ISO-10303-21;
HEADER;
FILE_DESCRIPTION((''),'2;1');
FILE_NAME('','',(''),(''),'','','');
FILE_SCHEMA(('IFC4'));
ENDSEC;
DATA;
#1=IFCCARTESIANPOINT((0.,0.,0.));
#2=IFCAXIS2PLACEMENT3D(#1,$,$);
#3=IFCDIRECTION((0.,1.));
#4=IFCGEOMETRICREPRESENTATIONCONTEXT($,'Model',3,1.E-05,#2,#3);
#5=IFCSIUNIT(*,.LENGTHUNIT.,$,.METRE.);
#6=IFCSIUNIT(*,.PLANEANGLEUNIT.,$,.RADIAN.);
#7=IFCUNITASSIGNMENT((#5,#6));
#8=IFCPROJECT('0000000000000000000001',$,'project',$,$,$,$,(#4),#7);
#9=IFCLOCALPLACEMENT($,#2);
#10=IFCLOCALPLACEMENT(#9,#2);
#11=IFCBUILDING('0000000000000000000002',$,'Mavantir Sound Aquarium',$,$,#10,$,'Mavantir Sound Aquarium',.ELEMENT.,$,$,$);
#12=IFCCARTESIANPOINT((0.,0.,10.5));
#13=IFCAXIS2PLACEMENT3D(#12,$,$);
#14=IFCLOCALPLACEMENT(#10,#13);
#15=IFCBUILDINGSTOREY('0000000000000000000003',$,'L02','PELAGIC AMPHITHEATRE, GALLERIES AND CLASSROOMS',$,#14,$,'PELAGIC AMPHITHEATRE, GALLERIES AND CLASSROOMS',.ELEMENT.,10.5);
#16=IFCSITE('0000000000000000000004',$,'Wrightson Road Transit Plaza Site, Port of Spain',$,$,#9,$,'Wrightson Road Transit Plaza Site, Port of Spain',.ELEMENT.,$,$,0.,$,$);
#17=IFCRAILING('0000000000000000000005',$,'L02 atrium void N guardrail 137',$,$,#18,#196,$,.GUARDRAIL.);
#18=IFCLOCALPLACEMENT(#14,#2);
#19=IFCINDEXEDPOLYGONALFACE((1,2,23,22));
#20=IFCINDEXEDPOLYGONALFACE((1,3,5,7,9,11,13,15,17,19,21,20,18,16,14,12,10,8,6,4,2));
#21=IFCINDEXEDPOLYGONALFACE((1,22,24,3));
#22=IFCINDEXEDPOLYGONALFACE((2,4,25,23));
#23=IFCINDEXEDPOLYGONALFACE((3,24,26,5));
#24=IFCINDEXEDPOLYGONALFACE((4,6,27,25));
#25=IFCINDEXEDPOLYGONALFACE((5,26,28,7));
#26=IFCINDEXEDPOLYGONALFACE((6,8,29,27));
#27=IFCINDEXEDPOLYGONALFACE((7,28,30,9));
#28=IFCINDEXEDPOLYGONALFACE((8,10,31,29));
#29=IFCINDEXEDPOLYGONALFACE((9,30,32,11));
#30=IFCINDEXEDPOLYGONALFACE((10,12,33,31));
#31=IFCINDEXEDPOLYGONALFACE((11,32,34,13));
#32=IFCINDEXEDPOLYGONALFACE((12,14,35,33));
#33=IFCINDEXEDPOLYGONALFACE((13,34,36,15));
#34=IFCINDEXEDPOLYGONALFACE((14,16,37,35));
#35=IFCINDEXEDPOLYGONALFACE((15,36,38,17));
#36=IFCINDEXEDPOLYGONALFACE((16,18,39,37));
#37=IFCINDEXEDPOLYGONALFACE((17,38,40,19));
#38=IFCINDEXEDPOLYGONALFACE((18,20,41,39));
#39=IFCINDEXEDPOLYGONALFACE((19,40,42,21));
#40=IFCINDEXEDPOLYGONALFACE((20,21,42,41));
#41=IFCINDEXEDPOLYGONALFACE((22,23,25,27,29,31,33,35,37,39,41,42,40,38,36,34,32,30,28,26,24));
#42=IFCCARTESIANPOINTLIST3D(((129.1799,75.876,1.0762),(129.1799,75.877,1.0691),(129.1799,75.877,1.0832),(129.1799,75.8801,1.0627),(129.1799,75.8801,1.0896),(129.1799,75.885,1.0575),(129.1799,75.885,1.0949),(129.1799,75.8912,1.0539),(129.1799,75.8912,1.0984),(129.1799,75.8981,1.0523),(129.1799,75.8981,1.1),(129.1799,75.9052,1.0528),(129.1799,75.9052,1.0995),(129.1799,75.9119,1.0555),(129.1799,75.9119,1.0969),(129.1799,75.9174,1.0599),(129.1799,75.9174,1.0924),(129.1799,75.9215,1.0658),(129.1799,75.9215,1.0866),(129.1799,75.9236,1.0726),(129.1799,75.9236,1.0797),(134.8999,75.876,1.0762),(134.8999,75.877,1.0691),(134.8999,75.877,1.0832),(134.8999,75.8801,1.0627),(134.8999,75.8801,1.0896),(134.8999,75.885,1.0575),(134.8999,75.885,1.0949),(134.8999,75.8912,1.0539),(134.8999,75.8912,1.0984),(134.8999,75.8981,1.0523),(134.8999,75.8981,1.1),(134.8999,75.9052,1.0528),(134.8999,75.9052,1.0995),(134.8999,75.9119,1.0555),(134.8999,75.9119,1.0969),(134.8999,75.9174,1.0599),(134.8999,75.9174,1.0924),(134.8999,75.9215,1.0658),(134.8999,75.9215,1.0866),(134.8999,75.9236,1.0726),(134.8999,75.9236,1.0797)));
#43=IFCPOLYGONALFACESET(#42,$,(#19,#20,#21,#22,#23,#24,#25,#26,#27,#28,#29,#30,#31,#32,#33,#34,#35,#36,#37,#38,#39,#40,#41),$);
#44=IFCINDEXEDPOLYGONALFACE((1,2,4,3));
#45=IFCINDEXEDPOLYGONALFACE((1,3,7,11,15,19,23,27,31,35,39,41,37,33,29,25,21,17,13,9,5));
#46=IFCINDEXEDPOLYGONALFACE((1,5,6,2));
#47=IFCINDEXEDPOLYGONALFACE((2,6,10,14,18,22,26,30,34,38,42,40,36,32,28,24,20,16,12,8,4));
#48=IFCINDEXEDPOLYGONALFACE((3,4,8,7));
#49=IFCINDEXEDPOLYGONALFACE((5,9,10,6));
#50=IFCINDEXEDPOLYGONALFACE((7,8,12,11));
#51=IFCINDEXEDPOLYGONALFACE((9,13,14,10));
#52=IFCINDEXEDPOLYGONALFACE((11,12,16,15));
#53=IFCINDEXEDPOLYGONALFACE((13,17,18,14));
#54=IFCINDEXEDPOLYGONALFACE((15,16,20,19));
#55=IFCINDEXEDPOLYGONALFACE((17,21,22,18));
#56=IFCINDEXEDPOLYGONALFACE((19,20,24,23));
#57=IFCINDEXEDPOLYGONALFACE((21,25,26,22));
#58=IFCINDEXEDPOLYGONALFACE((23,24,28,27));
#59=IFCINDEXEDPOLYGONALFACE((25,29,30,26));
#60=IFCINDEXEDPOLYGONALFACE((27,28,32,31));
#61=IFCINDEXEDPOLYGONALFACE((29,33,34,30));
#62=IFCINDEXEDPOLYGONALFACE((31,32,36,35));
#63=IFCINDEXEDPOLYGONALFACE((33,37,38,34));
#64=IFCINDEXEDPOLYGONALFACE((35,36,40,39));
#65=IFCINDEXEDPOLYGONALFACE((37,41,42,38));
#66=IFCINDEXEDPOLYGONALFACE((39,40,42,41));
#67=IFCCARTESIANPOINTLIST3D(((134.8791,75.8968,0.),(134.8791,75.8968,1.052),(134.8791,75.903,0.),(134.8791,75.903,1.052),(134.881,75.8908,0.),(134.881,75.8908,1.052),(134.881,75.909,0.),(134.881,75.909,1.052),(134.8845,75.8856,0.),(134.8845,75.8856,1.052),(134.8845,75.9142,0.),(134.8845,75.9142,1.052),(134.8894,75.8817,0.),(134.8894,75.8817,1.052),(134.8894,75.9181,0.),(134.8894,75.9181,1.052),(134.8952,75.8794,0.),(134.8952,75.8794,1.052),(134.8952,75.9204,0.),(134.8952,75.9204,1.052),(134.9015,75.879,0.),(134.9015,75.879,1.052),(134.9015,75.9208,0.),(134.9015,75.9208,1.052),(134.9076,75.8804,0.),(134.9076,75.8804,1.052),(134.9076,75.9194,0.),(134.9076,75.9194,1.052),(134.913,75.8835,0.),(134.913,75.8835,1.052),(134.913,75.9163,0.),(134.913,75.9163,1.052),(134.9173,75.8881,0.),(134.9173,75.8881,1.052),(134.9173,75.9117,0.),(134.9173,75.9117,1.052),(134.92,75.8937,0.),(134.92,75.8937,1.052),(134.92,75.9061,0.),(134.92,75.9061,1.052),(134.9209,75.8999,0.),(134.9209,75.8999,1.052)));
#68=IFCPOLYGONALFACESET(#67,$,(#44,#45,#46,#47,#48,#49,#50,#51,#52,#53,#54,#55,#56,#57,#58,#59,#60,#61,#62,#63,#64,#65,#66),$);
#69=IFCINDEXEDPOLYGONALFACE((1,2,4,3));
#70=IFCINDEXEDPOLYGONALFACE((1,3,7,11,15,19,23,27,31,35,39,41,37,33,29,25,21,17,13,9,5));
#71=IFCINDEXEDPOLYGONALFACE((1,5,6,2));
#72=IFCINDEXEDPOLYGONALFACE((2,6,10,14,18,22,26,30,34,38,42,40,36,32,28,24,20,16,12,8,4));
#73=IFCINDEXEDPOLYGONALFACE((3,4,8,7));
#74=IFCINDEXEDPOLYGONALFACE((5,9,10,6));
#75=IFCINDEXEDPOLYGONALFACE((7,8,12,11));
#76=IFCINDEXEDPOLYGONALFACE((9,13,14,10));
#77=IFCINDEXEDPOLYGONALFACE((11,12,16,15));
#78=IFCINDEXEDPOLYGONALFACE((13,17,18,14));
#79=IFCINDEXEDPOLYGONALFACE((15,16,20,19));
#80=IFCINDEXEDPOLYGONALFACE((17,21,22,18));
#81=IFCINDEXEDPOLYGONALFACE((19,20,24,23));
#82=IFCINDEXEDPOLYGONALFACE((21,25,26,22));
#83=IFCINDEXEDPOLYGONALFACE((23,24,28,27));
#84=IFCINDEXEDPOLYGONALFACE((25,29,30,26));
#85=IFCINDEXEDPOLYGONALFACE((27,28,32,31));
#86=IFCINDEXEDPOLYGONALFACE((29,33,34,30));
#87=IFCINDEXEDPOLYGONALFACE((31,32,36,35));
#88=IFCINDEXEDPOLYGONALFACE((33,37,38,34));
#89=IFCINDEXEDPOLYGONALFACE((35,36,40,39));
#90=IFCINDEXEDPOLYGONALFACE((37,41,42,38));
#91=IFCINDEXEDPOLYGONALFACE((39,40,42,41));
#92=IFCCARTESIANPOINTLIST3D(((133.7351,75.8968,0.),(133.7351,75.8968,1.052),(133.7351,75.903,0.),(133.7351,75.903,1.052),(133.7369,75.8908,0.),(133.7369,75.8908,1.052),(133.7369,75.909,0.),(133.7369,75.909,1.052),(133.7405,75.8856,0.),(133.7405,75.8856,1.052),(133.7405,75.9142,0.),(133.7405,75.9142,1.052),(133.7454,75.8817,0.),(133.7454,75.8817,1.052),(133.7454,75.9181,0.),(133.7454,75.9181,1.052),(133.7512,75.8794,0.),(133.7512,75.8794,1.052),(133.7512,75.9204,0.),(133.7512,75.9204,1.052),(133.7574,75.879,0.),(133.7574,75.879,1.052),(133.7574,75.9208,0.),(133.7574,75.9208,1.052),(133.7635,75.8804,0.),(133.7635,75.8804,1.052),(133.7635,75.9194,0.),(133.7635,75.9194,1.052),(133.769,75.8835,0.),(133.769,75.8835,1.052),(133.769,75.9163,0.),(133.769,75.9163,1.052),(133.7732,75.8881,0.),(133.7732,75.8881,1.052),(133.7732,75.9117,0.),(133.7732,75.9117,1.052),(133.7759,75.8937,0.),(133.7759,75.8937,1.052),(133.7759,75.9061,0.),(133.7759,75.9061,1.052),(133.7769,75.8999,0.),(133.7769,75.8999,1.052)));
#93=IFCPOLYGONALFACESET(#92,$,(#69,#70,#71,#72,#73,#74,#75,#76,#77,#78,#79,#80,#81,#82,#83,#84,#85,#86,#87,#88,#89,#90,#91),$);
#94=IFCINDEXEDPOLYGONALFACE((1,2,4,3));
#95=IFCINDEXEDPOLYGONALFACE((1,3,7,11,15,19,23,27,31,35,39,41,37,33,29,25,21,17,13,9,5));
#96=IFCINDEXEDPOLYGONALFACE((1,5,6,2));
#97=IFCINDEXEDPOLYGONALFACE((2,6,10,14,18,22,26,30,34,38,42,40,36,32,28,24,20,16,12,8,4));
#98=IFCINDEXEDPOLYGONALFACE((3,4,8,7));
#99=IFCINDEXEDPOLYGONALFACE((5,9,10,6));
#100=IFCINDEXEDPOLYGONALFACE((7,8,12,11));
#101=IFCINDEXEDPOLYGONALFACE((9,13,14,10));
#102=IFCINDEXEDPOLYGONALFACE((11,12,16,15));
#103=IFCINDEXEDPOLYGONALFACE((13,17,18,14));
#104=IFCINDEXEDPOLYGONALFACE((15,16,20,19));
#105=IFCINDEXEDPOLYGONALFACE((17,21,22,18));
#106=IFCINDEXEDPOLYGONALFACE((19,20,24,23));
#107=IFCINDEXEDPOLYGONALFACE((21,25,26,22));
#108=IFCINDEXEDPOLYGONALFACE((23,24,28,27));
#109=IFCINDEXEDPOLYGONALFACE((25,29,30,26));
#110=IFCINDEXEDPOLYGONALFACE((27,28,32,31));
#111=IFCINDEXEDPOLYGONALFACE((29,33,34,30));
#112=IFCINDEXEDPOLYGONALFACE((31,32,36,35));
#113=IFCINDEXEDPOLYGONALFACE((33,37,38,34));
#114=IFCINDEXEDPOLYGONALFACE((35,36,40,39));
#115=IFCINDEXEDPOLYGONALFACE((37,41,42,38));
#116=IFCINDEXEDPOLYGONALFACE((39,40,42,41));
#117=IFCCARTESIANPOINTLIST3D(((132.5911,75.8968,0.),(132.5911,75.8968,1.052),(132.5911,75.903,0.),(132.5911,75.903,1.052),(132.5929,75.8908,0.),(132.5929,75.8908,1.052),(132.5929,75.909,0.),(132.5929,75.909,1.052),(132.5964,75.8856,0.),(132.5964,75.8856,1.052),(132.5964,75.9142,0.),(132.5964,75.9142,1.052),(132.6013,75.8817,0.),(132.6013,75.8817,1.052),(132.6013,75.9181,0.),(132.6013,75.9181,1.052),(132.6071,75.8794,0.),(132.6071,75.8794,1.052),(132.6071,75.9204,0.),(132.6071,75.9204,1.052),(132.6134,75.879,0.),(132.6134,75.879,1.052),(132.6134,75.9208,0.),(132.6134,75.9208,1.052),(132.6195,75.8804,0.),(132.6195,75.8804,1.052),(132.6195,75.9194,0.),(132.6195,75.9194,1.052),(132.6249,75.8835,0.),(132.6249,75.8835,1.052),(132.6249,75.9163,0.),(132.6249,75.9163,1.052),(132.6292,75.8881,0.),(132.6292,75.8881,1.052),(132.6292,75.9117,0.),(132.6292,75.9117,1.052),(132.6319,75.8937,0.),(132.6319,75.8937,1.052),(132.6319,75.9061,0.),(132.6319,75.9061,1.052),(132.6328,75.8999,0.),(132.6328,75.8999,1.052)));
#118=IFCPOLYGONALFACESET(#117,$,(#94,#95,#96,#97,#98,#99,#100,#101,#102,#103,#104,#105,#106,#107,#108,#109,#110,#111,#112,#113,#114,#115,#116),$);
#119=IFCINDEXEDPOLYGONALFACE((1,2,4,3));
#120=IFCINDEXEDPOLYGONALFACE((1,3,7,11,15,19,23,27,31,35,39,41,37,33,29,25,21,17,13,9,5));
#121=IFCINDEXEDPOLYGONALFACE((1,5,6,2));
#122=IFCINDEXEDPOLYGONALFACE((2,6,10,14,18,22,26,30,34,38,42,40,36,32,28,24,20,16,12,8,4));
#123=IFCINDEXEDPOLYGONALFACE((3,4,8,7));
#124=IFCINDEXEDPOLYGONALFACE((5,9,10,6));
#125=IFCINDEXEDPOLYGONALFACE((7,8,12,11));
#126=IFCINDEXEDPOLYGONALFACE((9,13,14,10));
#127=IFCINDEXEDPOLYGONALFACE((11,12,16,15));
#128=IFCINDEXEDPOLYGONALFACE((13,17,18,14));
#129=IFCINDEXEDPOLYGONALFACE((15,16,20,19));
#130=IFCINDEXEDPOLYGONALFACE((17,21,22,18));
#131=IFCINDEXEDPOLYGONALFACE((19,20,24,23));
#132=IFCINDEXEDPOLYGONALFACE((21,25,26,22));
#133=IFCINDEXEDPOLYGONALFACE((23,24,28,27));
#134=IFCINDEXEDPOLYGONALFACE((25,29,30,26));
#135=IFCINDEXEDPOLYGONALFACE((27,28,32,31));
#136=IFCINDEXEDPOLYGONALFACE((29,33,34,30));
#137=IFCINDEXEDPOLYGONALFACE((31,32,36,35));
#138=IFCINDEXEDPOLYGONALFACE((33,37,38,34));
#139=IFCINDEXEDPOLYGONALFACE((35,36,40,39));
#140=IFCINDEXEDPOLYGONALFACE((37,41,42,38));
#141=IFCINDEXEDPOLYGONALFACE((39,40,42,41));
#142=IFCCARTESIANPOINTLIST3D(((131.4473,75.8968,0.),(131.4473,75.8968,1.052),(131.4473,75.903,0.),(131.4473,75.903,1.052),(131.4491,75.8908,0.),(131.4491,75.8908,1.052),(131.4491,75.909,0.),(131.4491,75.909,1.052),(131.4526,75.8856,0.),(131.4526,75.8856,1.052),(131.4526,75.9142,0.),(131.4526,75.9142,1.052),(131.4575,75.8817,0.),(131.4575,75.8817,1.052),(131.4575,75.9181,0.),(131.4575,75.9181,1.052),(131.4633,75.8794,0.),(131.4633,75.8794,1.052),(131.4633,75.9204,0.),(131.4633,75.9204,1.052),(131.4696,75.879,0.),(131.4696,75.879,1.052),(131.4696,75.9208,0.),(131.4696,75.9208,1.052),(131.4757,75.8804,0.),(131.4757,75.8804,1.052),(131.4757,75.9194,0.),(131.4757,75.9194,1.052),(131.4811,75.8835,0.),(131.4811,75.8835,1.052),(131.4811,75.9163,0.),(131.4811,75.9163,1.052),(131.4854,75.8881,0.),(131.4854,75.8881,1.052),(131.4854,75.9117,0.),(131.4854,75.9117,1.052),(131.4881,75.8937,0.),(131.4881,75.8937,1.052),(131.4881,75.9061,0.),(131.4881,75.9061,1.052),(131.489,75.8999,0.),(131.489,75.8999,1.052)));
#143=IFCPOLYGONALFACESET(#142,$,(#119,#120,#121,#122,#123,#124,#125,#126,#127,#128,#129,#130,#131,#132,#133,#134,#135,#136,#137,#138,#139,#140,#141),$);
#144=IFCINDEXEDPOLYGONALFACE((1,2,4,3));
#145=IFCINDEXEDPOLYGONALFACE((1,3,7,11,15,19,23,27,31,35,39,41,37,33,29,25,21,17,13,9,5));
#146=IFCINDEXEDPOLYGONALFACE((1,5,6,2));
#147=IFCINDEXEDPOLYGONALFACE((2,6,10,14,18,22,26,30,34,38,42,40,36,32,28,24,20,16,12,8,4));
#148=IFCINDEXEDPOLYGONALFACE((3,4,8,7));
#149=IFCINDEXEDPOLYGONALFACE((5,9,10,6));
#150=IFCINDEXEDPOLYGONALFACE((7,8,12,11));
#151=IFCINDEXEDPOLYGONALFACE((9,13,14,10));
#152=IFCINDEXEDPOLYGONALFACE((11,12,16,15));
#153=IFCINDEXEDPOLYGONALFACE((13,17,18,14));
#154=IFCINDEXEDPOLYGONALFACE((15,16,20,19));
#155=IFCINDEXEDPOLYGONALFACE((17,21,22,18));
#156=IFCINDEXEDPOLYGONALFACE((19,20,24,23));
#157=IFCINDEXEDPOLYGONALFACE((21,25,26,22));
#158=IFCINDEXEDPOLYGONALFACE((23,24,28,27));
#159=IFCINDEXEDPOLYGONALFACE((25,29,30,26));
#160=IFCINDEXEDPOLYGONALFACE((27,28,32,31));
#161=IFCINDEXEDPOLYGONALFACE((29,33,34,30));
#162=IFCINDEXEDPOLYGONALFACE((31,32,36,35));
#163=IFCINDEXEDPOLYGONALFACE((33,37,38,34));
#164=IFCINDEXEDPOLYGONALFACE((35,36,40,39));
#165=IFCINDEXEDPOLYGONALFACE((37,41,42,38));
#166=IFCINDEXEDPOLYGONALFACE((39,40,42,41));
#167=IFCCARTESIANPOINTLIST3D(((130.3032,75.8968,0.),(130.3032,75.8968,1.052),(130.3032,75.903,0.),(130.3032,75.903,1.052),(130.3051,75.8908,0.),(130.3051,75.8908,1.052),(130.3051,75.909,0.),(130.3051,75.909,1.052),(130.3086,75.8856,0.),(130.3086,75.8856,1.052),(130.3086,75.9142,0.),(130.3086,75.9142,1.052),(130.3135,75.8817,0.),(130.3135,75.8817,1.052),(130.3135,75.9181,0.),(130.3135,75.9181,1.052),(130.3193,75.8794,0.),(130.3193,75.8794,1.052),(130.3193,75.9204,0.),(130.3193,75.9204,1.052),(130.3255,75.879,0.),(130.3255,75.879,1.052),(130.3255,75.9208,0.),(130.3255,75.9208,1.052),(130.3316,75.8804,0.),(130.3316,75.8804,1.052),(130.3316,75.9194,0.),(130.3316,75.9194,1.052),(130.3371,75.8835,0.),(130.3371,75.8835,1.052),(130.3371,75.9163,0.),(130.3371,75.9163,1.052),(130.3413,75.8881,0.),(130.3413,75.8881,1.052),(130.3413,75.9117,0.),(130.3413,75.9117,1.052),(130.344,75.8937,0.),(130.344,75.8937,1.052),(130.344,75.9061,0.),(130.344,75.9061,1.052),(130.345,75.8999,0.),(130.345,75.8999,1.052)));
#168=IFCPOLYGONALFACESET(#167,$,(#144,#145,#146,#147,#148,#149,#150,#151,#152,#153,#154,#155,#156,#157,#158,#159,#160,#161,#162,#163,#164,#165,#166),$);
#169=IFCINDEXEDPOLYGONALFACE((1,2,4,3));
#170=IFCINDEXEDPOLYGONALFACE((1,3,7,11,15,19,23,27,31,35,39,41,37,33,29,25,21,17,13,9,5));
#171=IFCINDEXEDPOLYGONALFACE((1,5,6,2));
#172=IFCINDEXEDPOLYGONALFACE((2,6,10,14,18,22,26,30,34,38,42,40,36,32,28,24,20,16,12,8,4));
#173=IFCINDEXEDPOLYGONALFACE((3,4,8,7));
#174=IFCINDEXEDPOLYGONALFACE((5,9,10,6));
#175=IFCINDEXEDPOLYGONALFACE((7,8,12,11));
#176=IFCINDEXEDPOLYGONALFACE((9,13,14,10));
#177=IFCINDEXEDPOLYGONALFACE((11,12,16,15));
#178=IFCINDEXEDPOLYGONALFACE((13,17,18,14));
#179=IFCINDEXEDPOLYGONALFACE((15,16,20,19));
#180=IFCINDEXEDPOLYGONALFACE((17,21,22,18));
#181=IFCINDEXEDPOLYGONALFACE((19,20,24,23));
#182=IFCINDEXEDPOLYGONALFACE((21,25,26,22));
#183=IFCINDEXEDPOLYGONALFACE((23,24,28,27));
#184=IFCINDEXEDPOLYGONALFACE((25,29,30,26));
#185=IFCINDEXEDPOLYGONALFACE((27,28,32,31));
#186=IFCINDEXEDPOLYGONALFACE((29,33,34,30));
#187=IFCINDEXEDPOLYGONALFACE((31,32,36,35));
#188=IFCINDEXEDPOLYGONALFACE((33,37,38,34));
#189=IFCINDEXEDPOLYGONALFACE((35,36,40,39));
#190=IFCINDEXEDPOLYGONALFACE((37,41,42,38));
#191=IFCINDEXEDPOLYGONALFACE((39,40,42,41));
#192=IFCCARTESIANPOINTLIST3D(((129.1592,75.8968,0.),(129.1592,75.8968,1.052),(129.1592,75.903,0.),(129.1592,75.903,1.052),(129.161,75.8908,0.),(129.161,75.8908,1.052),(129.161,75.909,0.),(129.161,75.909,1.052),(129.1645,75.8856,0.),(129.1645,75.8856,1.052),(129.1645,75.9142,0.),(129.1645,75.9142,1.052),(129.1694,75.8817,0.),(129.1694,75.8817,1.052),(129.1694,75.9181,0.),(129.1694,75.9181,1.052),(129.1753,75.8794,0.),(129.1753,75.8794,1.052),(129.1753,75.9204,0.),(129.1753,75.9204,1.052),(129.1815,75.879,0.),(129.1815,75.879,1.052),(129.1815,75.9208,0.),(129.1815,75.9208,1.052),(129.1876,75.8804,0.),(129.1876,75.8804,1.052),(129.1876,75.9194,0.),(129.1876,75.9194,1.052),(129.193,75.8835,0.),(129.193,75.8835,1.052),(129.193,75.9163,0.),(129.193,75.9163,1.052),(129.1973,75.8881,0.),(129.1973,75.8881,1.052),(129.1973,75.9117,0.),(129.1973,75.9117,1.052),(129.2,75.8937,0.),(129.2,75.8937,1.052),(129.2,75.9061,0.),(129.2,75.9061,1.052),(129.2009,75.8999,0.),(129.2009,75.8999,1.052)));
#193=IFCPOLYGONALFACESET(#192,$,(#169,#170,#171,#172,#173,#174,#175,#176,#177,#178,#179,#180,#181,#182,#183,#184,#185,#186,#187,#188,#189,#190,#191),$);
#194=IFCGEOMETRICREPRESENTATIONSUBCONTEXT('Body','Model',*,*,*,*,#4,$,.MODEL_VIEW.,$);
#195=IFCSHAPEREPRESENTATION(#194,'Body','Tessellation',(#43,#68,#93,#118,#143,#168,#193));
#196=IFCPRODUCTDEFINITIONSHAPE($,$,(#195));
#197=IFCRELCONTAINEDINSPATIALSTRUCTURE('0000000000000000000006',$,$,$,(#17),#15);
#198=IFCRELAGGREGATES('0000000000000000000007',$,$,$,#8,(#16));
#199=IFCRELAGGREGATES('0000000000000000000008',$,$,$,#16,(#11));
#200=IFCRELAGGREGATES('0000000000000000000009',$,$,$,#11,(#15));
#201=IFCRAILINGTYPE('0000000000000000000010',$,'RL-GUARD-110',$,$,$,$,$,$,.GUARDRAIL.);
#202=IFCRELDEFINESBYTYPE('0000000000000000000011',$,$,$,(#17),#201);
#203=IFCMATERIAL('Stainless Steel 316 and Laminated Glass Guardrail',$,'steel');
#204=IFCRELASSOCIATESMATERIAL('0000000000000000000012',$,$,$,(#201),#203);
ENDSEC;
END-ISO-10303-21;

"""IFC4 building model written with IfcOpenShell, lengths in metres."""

from ifc_helpers import new_model, si_unit, direction, frame, origin, origin_2d, place, context, subcontext, project, spatial, circle, extrude, material, type_object, element, save


model = new_model("IFC4")

# Units and contexts
model_context = context("Model", 3, precision=1e-05, world=origin(), true_north=direction((0.0, 1.0)))
body_context = subcontext(model_context, "Body", "Model", "MODEL_VIEW")
ifc_project = project(units=[si_unit("LENGTHUNIT", "METRE"), si_unit("PLANEANGLEUNIT", "RADIAN")], contexts=[model_context])

# Site, building, storey
site_placement = place(None, origin())
site = spatial("IfcSite", under=ifc_project, at=site_placement, Name="Wrightson Road Transit Plaza Site, Port of Spain", LongName="Wrightson Road Transit Plaza Site, Port of Spain", CompositionType="ELEMENT", RefElevation=0.0)
building_placement = place(site_placement, origin())
building = spatial("IfcBuilding", under=site, at=building_placement, Name="Mavantir Sound Aquarium", LongName="Mavantir Sound Aquarium", CompositionType="ELEMENT")
storey_placement = place(building_placement, frame((0.0, 0.0, 10.5)))
storey = spatial("IfcBuildingStorey", under=building, at=storey_placement, Name="L02", Description="PELAGIC AMPHITHEATRE, GALLERIES AND CLASSROOMS", LongName="PELAGIC AMPHITHEATRE, GALLERIES AND CLASSROOMS", CompositionType="ELEMENT", Elevation=10.5)

# Railing
ifc_material_1 = material(Name="Stainless Steel 316 and Laminated Glass Guardrail", Category="steel")
railing_type = type_object("IfcRailingType", Name="RL-GUARD-110", PredefinedType="GUARDRAIL", material=ifc_material_1)
railing_1_placement = place(storey_placement, frame((134.8999, 75.8999, 0.0)))
element("IfcRailing", 1, at=railing_1_placement, inside=storey, type_object=railing_type, Name="L02 atrium void N guardrail 137", PredefinedType="GUARDRAIL", context=body_context, shape_type="SweptSolid", body=[
    extrude(circle(Radius=0.0239, at=origin_2d()), frame((0.0, 0.0, 1.0762), z_axis=(-1.0, 0.0, 0.0), x_axis=(0.0, -1.0, 0.0)), (0.0, 0.0, 1.0), 5.72),
    extrude(circle(Radius=0.021, at=origin_2d()), origin(), (0.0, 0.0, 1.0), 1.052),
    extrude(circle(Radius=0.021, at=origin_2d()), frame((-1.144, 0.0, 0.0)), (0.0, 0.0, 1.0), 1.052),
    extrude(circle(Radius=0.021, at=origin_2d()), frame((-2.2881, 0.0, 0.0)), (0.0, 0.0, 1.0), 1.052),
    extrude(circle(Radius=0.021, at=origin_2d()), frame((-3.4319, 0.0, 0.0)), (0.0, 0.0, 1.0), 1.052),
    extrude(circle(Radius=0.021, at=origin_2d()), frame((-4.5759, 0.0, 0.0)), (0.0, 0.0, 1.0), 1.052),
    extrude(circle(Radius=0.021, at=origin_2d()), frame((-5.72, 0.0, 0.0)), (0.0, 0.0, 1.0), 1.052),
])

save(model, "model.ifc")
